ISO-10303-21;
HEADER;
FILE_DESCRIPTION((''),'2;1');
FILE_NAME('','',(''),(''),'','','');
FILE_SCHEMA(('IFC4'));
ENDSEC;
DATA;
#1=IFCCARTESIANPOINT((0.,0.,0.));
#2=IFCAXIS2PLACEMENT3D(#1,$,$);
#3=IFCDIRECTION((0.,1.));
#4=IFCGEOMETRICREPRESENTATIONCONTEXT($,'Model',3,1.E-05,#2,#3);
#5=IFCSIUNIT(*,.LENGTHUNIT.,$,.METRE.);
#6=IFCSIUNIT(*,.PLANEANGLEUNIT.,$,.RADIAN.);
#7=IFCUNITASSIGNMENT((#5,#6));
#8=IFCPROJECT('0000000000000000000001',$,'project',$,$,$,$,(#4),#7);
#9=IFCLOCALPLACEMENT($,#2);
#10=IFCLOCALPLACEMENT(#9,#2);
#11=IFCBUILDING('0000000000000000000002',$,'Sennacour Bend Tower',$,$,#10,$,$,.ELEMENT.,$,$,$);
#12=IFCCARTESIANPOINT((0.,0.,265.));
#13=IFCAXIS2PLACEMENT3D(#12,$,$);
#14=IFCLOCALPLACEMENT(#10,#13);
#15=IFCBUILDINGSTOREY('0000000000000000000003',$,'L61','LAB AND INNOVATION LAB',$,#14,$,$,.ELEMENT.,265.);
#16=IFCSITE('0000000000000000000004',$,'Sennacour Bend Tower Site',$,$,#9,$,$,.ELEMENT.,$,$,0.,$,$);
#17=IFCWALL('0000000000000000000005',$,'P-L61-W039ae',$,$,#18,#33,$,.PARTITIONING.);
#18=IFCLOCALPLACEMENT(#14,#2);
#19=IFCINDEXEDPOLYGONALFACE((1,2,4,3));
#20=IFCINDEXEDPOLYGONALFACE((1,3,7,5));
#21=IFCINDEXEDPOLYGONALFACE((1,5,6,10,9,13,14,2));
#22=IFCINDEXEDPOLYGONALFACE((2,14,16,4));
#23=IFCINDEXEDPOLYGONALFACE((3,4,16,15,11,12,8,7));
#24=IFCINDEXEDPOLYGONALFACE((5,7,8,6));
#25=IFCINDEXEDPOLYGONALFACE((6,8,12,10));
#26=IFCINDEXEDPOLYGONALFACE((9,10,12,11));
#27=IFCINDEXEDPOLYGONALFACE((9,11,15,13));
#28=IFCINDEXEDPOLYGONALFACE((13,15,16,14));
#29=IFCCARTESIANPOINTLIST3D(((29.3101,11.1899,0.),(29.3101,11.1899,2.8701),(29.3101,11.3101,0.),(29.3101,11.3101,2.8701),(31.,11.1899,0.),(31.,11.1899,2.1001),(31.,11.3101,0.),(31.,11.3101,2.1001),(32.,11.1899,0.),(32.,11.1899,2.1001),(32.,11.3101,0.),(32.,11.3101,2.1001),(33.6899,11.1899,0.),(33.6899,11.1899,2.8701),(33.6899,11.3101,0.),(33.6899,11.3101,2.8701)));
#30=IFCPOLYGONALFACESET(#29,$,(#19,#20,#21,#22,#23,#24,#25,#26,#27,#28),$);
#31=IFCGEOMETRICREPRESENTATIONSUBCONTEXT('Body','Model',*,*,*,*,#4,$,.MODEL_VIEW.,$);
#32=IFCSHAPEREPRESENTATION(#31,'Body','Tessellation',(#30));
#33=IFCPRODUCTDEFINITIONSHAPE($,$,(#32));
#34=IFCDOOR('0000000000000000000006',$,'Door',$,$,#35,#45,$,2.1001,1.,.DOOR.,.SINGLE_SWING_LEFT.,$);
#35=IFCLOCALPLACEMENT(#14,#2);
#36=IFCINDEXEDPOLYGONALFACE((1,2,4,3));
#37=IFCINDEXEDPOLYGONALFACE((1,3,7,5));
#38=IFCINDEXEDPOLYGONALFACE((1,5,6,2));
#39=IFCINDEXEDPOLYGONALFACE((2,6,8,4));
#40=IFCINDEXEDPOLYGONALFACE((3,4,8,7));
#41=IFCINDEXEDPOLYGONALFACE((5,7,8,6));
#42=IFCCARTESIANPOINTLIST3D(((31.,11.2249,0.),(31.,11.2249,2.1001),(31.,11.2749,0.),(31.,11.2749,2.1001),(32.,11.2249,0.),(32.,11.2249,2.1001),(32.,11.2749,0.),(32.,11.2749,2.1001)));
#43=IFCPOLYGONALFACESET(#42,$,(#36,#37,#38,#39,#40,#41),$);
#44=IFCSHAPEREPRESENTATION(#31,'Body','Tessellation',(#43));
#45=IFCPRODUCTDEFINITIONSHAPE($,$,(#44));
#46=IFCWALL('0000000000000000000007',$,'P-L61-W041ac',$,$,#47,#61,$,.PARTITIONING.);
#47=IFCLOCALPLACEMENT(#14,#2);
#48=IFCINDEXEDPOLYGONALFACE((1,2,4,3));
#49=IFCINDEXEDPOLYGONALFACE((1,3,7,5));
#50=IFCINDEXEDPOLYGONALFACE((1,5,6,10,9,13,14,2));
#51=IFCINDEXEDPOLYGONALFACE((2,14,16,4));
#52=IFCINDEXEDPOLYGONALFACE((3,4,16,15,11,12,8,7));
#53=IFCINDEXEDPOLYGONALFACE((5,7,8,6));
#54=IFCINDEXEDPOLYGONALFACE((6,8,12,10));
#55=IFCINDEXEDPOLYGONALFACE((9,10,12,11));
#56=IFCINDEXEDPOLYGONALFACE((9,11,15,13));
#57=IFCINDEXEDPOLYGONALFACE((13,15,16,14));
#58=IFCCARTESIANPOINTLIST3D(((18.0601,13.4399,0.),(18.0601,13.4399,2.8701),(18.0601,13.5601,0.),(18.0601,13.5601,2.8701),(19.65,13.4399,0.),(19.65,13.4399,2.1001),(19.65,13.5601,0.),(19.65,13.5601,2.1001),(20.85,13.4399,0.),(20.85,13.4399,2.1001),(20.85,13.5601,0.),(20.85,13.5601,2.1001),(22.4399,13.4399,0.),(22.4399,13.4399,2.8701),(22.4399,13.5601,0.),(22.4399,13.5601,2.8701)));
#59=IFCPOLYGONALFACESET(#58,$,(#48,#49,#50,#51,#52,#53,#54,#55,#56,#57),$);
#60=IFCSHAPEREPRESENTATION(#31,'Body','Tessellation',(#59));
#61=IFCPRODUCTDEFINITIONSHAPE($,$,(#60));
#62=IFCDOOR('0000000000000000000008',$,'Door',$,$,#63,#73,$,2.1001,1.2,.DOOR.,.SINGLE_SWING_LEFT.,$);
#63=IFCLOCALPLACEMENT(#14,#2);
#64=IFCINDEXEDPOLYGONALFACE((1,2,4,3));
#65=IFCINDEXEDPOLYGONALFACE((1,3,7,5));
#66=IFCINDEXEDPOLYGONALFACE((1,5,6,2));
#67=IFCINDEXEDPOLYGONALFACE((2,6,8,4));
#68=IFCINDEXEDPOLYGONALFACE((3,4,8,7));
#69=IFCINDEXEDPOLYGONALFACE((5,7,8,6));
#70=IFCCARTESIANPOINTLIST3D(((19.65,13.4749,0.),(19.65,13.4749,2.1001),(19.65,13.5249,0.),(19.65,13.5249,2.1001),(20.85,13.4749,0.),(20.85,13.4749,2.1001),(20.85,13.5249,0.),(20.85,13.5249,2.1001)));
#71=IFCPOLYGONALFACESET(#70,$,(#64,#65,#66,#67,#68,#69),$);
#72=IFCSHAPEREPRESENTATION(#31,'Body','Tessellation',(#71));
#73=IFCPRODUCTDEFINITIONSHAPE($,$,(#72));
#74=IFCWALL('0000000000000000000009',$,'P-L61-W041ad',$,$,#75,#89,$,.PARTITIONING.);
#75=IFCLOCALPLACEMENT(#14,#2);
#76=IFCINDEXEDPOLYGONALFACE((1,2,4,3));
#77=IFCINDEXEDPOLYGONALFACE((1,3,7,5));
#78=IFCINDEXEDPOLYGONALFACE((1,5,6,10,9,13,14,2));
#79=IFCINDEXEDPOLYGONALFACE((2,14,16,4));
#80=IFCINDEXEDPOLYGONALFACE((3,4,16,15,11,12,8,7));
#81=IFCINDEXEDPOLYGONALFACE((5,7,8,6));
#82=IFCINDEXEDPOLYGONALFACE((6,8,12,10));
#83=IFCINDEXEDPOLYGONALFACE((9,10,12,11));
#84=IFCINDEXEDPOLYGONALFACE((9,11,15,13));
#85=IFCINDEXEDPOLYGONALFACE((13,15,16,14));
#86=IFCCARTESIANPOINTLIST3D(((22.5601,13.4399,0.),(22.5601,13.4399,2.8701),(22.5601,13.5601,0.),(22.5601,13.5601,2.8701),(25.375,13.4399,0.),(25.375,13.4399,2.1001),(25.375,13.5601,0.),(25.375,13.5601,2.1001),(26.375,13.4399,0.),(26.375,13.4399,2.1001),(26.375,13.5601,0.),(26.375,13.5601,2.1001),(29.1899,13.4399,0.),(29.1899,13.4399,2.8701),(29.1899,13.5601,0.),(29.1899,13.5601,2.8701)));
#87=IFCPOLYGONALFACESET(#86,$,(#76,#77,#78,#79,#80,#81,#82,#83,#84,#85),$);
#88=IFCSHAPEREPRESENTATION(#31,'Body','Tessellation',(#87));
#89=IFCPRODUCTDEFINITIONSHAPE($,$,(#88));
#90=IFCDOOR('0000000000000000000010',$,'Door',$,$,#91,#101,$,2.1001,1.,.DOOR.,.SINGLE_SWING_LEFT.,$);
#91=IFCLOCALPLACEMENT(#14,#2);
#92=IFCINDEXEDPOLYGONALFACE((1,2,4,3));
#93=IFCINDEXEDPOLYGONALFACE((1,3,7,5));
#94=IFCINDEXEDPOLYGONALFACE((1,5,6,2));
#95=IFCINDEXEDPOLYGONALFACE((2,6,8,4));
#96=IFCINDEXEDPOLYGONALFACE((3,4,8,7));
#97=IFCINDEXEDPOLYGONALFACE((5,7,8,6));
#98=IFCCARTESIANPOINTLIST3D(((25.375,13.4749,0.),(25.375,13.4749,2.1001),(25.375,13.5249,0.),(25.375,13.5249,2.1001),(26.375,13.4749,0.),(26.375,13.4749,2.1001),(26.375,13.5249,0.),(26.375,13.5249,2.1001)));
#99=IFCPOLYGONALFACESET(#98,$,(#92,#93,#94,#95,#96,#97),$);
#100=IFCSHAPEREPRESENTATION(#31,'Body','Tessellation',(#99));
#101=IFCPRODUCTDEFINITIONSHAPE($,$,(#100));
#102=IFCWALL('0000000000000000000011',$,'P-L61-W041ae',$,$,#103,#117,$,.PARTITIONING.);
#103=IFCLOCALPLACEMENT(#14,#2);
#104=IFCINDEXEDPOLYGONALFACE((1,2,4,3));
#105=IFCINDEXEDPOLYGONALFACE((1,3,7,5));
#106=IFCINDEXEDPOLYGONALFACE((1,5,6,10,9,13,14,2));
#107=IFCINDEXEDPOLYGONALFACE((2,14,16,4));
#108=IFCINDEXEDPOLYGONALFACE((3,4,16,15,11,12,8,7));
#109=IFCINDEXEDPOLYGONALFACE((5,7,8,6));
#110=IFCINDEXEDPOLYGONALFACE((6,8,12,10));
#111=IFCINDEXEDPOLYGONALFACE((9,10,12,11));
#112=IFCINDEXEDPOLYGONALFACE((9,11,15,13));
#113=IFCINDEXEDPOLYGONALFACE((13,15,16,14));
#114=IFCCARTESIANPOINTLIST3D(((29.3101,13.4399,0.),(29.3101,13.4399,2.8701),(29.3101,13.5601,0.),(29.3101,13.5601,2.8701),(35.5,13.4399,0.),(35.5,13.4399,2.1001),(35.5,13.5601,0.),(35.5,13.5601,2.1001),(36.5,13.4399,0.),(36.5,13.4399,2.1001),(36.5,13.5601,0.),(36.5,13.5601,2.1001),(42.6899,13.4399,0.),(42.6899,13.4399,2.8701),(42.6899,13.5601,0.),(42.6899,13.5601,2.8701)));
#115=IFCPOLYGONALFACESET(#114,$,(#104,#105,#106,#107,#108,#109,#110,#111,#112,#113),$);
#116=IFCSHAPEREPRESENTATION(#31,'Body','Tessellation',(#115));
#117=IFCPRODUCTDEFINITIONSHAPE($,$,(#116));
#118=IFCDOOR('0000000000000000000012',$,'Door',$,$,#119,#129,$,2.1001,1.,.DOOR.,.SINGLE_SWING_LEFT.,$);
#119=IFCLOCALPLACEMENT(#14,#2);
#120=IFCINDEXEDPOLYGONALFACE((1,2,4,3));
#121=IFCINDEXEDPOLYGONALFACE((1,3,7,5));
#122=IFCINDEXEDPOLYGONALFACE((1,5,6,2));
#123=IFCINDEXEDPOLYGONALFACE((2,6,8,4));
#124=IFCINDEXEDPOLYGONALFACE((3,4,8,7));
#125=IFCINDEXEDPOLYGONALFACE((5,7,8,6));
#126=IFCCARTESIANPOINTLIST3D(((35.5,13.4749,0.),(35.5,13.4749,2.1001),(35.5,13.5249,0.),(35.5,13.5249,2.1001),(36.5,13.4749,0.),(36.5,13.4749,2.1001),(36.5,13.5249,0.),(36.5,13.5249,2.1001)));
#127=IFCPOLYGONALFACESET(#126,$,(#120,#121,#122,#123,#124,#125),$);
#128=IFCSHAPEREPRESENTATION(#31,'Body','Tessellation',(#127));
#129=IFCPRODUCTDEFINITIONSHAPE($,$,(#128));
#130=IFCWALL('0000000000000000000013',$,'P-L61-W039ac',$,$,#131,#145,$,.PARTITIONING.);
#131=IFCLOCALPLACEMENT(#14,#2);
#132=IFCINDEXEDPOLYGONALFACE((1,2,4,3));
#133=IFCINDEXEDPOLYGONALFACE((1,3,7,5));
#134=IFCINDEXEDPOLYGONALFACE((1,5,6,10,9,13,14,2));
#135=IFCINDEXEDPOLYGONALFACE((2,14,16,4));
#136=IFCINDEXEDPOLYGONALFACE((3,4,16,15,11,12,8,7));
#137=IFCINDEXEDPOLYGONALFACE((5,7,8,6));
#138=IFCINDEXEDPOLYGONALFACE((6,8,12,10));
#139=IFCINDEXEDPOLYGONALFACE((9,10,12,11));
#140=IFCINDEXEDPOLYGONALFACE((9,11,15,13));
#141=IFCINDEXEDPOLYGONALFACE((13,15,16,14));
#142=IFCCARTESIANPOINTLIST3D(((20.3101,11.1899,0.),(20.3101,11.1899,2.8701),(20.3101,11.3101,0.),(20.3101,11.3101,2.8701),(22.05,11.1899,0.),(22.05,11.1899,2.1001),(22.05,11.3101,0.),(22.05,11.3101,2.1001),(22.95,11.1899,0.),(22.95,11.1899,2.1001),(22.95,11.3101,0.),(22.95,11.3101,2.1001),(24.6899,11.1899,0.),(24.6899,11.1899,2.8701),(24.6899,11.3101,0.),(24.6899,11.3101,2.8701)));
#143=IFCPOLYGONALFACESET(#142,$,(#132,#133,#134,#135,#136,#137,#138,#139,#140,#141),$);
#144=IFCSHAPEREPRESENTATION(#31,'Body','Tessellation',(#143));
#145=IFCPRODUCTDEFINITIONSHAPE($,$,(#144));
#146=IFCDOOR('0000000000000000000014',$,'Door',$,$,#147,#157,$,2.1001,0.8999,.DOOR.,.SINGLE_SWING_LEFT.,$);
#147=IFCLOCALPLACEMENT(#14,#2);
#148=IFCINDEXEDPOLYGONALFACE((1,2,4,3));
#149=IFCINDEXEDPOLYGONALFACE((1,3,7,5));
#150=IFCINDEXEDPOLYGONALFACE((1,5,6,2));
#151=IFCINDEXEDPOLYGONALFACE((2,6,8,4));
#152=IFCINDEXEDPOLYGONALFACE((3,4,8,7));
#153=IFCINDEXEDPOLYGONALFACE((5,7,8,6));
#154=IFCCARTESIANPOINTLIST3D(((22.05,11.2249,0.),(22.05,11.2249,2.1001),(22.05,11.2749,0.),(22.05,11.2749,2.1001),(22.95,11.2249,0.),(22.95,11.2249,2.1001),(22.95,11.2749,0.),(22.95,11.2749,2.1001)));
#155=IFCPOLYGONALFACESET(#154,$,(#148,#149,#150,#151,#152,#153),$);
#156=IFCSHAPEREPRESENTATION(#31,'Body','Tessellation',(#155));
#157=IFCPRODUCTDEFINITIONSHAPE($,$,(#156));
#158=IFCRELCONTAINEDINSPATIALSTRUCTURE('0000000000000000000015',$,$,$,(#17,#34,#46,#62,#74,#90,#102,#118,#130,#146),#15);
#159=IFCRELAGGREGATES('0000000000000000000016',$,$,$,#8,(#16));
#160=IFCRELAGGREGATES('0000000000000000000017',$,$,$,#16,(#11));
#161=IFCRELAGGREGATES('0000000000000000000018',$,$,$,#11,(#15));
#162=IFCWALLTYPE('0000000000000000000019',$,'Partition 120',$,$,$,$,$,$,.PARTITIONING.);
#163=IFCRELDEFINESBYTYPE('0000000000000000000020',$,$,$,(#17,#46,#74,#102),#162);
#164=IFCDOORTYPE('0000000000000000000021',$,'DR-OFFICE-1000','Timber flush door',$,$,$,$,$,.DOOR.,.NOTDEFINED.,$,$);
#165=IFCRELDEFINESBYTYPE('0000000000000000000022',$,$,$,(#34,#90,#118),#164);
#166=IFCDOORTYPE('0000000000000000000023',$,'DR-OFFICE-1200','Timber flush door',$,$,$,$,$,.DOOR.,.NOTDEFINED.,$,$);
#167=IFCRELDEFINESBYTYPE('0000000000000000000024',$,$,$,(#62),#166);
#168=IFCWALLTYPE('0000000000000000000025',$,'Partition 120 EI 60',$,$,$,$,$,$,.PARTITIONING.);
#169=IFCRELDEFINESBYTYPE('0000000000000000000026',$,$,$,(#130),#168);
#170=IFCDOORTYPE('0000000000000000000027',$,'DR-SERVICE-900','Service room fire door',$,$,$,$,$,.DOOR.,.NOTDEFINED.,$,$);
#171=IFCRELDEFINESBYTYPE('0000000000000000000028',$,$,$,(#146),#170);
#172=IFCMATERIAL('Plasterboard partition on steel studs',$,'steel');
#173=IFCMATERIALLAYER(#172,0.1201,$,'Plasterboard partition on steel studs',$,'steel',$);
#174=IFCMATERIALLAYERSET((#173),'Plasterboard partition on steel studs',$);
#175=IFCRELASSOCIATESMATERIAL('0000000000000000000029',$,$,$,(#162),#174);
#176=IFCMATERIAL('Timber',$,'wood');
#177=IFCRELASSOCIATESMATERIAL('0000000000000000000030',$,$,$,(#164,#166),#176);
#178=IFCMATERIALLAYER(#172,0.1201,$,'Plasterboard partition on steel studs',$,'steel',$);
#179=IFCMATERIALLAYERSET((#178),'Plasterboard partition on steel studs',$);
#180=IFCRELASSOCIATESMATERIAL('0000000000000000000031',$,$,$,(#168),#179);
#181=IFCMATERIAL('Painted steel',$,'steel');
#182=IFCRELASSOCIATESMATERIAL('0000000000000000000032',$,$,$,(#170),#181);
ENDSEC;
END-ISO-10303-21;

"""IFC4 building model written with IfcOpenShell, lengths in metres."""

from ifc_helpers import new_model, si_unit, direction, frame, frame_2d, origin, place, context, subcontext, project, spatial, rectangle, extrude, material, layer, layer_set, type_object, element, fill, save


model = new_model("IFC4")

# Units and contexts
model_context = context("Model", 3, precision=1e-05, world=origin(), true_north=direction((0.0, 1.0)))
body_context = subcontext(model_context, "Body", "Model", "MODEL_VIEW")
ifc_project = project(units=[si_unit("LENGTHUNIT", "METRE"), si_unit("PLANEANGLEUNIT", "RADIAN")], contexts=[model_context])

# Site, building, storey
site_placement = place(None, origin())
site = spatial("IfcSite", under=ifc_project, at=site_placement, Name="Sennacour Bend Tower Site", CompositionType="ELEMENT", RefElevation=0.0)
building_placement = place(site_placement, origin())
building = spatial("IfcBuilding", under=site, at=building_placement, Name="Sennacour Bend Tower", CompositionType="ELEMENT")
storey_placement = place(building_placement, frame((0.0, 0.0, 265.0)))
storey = spatial("IfcBuildingStorey", under=building, at=storey_placement, Name="L61", Description="LAB AND INNOVATION LAB", CompositionType="ELEMENT", Elevation=265.0)

# Shared definitions
ifc_material_1 = material(Name="Plasterboard partition on steel studs", Category="steel")
ifc_layer_1 = layer(ifc_material_1, 0.1201, Name="Plasterboard partition on steel studs", Category="steel")
ifc_layer_set_1 = layer_set([ifc_layer_1], Name="Plasterboard partition on steel studs")
wall_type_1 = type_object("IfcWallType", Name="Partition 120", PredefinedType="PARTITIONING", material=ifc_layer_set_1)

# Walls, openings, doors
ifc_material_2 = material(Name="Timber", Category="wood")
door_type_1 = type_object("IfcDoorType", Name="DR-OFFICE-1000", Description="Timber flush door", OperationType="NOTDEFINED", PredefinedType="DOOR", material=ifc_material_2)
door_type_2 = type_object("IfcDoorType", Name="DR-OFFICE-1200", Description="Timber flush door", OperationType="NOTDEFINED", PredefinedType="DOOR", material=ifc_material_2)
wall_1_placement = place(storey_placement, frame((29.3101, 11.25, 0.0), z_axis=(0.0, 0.0, 1.0), x_axis=(1.0, 0.0, 0.0)))
wall_1 = element("IfcWall", 1, at=wall_1_placement, inside=storey, type_object=wall_type_1, Name="P-L61-W039ae", PredefinedType="PARTITIONING", context=body_context, shape_type="SweptSolid", body=[
    extrude(rectangle(XDim=4.3799, YDim=0.1201, at=frame_2d((2.1899, 0.0))), origin(), (0.0, 0.0, 1.0), 2.8701),
])
opening_1_placement = place(wall_1_placement, frame((1.6899, 0.0, 0.0)))
opening_1 = element("IfcOpeningElement", 2, at=opening_1_placement, cuts=wall_1, PredefinedType="OPENING", context=body_context, shape_type="SweptSolid", body=[
    extrude(rectangle(XDim=1.0, YDim=2.1001, at=frame_2d((0.5, 1.05))), frame((0.0, 0.0701, 0.0), z_axis=(0.0, -1.0, 0.0), x_axis=(1.0, 0.0, 0.0)), (0.0, 0.0, 1.0), 0.1401),
])
door_1_placement = place(opening_1_placement, origin())
door_1 = element("IfcDoor", 3, at=door_1_placement, inside=storey, type_object=door_type_1, Name="Door", OperationType="SINGLE_SWING_LEFT", OverallHeight=2.1001, OverallWidth=1.0, PredefinedType="DOOR", context=body_context, shape_type="SweptSolid", body=[
    extrude(rectangle(XDim=1.0, YDim=2.1001, at=frame_2d((0.5, 1.05))), frame((0.0, 0.0249, 0.0), z_axis=(0.0, -1.0, 0.0), x_axis=(1.0, 0.0, 0.0)), (0.0, 0.0, 1.0), 0.05),
])
fill(opening_1, door_1)
wall_2_placement = place(storey_placement, frame((18.0601, 13.5, 0.0), z_axis=(0.0, 0.0, 1.0), x_axis=(1.0, 0.0, 0.0)))
wall_2 = element("IfcWall", 4, at=wall_2_placement, inside=storey, type_object=wall_type_1, Name="P-L61-W041ac", PredefinedType="PARTITIONING", context=body_context, shape_type="SweptSolid", body=[
    extrude(rectangle(XDim=4.3799, YDim=0.1201, at=frame_2d((2.1899, 0.0))), origin(), (0.0, 0.0, 1.0), 2.8701),
])
opening_2_placement = place(wall_2_placement, frame((1.5898, 0.0, 0.0)))
opening_2 = element("IfcOpeningElement", 5, at=opening_2_placement, cuts=wall_2, PredefinedType="OPENING", context=body_context, shape_type="SweptSolid", body=[
    extrude(rectangle(XDim=1.2, YDim=2.1001, at=frame_2d((0.6001, 1.05))), frame((0.0, 0.0701, 0.0), z_axis=(0.0, -1.0, 0.0), x_axis=(1.0, 0.0, 0.0)), (0.0, 0.0, 1.0), 0.1401),
])
door_2_placement = place(opening_2_placement, origin())
door_2 = element("IfcDoor", 6, at=door_2_placement, inside=storey, type_object=door_type_2, Name="Door", OperationType="SINGLE_SWING_LEFT", OverallHeight=2.1001, OverallWidth=1.2, PredefinedType="DOOR", context=body_context, shape_type="SweptSolid", body=[
    extrude(rectangle(XDim=1.2, YDim=2.1001, at=frame_2d((0.6001, 1.05))), frame((0.0, 0.0249, 0.0), z_axis=(0.0, -1.0, 0.0), x_axis=(1.0, 0.0, 0.0)), (0.0, 0.0, 1.0), 0.05),
])
fill(opening_2, door_2)
wall_3_placement = place(storey_placement, frame((22.5601, 13.5, 0.0), z_axis=(0.0, 0.0, 1.0), x_axis=(1.0, 0.0, 0.0)))
wall_3 = element("IfcWall", 7, at=wall_3_placement, inside=storey, type_object=wall_type_1, Name="P-L61-W041ad", PredefinedType="PARTITIONING", context=body_context, shape_type="SweptSolid", body=[
    extrude(rectangle(XDim=6.6299, YDim=0.1201, at=frame_2d((3.3149, 0.0))), origin(), (0.0, 0.0, 1.0), 2.8701),
])
opening_3_placement = place(wall_3_placement, frame((2.8149, 0.0, 0.0)))
opening_3 = element("IfcOpeningElement", 8, at=opening_3_placement, cuts=wall_3, PredefinedType="OPENING", context=body_context, shape_type="SweptSolid", body=[
    extrude(rectangle(XDim=1.0, YDim=2.1001, at=frame_2d((0.5, 1.05))), frame((0.0, 0.0701, 0.0), z_axis=(0.0, -1.0, 0.0), x_axis=(1.0, 0.0, 0.0)), (0.0, 0.0, 1.0), 0.1401),
])
door_3_placement = place(opening_3_placement, origin())
door_3 = element("IfcDoor", 9, at=door_3_placement, inside=storey, type_object=door_type_1, Name="Door", OperationType="SINGLE_SWING_LEFT", OverallHeight=2.1001, OverallWidth=1.0, PredefinedType="DOOR", context=body_context, shape_type="SweptSolid", body=[
    extrude(rectangle(XDim=1.0, YDim=2.1001, at=frame_2d((0.5, 1.05))), frame((0.0, 0.0249, 0.0), z_axis=(0.0, -1.0, 0.0), x_axis=(1.0, 0.0, 0.0)), (0.0, 0.0, 1.0), 0.05),
])
fill(opening_3, door_3)
wall_4_placement = place(storey_placement, frame((29.3101, 13.5, 0.0), z_axis=(0.0, 0.0, 1.0), x_axis=(1.0, 0.0, 0.0)))
wall_4 = element("IfcWall", 10, at=wall_4_placement, inside=storey, type_object=wall_type_1, Name="P-L61-W041ae", PredefinedType="PARTITIONING", context=body_context, shape_type="SweptSolid", body=[
    extrude(rectangle(XDim=13.3799, YDim=0.1201, at=frame_2d((6.6899, 0.0))), origin(), (0.0, 0.0, 1.0), 2.8701),
])
opening_4_placement = place(wall_4_placement, frame((6.1899, 0.0, 0.0)))
opening_4 = element("IfcOpeningElement", 11, at=opening_4_placement, cuts=wall_4, PredefinedType="OPENING", context=body_context, shape_type="SweptSolid", body=[
    extrude(rectangle(XDim=1.0, YDim=2.1001, at=frame_2d((0.5, 1.05))), frame((0.0, 0.0701, 0.0), z_axis=(0.0, -1.0, 0.0), x_axis=(1.0, 0.0, 0.0)), (0.0, 0.0, 1.0), 0.1401),
])
door_4_placement = place(opening_4_placement, origin())
door_4 = element("IfcDoor", 12, at=door_4_placement, inside=storey, type_object=door_type_1, Name="Door", OperationType="SINGLE_SWING_LEFT", OverallHeight=2.1001, OverallWidth=1.0, PredefinedType="DOOR", context=body_context, shape_type="SweptSolid", body=[
    extrude(rectangle(XDim=1.0, YDim=2.1001, at=frame_2d((0.5, 1.05))), frame((0.0, 0.0249, 0.0), z_axis=(0.0, -1.0, 0.0), x_axis=(1.0, 0.0, 0.0)), (0.0, 0.0, 1.0), 0.05),
])
fill(opening_4, door_4)
ifc_layer_2 = layer(ifc_material_1, 0.1201, Name="Plasterboard partition on steel studs", Category="steel")
ifc_layer_set_2 = layer_set([ifc_layer_2], Name="Plasterboard partition on steel studs")
wall_type_2 = type_object("IfcWallType", Name="Partition 120 EI 60", PredefinedType="PARTITIONING", material=ifc_layer_set_2)
wall_5_placement = place(storey_placement, frame((20.3101, 11.25, 0.0), z_axis=(0.0, 0.0, 1.0), x_axis=(1.0, 0.0, 0.0)))
wall_5 = element("IfcWall", 13, at=wall_5_placement, inside=storey, type_object=wall_type_2, Name="P-L61-W039ac", PredefinedType="PARTITIONING", context=body_context, shape_type="SweptSolid", body=[
    extrude(rectangle(XDim=4.3799, YDim=0.1201, at=frame_2d((2.1899, 0.0))), origin(), (0.0, 0.0, 1.0), 2.8701),
])
opening_5_placement = place(wall_5_placement, frame((1.74, 0.0, 0.0)))
opening_5 = element("IfcOpeningElement", 14, at=opening_5_placement, cuts=wall_5, PredefinedType="OPENING", context=body_context, shape_type="SweptSolid", body=[
    extrude(rectangle(XDim=0.8999, YDim=2.1001, at=frame_2d((0.45, 1.05))), frame((0.0, 0.0701, 0.0), z_axis=(0.0, -1.0, 0.0), x_axis=(1.0, 0.0, 0.0)), (0.0, 0.0, 1.0), 0.1401),
])
ifc_material_3 = material(Name="Painted steel", Category="steel")
door_type_3 = type_object("IfcDoorType", Name="DR-SERVICE-900", Description="Service room fire door", OperationType="NOTDEFINED", PredefinedType="DOOR", material=ifc_material_3)
door_5_placement = place(opening_5_placement, origin())
door_5 = element("IfcDoor", 15, at=door_5_placement, inside=storey, type_object=door_type_3, Name="Door", OperationType="SINGLE_SWING_LEFT", OverallHeight=2.1001, OverallWidth=0.8999, PredefinedType="DOOR", context=body_context, shape_type="SweptSolid", body=[
    extrude(rectangle(XDim=0.8999, YDim=2.1001, at=frame_2d((0.45, 1.05))), frame((0.0, 0.0249, 0.0), z_axis=(0.0, -1.0, 0.0), x_axis=(1.0, 0.0, 0.0)), (0.0, 0.0, 1.0), 0.05),
])
fill(opening_5, door_5)

save(model, "model.ifc")
